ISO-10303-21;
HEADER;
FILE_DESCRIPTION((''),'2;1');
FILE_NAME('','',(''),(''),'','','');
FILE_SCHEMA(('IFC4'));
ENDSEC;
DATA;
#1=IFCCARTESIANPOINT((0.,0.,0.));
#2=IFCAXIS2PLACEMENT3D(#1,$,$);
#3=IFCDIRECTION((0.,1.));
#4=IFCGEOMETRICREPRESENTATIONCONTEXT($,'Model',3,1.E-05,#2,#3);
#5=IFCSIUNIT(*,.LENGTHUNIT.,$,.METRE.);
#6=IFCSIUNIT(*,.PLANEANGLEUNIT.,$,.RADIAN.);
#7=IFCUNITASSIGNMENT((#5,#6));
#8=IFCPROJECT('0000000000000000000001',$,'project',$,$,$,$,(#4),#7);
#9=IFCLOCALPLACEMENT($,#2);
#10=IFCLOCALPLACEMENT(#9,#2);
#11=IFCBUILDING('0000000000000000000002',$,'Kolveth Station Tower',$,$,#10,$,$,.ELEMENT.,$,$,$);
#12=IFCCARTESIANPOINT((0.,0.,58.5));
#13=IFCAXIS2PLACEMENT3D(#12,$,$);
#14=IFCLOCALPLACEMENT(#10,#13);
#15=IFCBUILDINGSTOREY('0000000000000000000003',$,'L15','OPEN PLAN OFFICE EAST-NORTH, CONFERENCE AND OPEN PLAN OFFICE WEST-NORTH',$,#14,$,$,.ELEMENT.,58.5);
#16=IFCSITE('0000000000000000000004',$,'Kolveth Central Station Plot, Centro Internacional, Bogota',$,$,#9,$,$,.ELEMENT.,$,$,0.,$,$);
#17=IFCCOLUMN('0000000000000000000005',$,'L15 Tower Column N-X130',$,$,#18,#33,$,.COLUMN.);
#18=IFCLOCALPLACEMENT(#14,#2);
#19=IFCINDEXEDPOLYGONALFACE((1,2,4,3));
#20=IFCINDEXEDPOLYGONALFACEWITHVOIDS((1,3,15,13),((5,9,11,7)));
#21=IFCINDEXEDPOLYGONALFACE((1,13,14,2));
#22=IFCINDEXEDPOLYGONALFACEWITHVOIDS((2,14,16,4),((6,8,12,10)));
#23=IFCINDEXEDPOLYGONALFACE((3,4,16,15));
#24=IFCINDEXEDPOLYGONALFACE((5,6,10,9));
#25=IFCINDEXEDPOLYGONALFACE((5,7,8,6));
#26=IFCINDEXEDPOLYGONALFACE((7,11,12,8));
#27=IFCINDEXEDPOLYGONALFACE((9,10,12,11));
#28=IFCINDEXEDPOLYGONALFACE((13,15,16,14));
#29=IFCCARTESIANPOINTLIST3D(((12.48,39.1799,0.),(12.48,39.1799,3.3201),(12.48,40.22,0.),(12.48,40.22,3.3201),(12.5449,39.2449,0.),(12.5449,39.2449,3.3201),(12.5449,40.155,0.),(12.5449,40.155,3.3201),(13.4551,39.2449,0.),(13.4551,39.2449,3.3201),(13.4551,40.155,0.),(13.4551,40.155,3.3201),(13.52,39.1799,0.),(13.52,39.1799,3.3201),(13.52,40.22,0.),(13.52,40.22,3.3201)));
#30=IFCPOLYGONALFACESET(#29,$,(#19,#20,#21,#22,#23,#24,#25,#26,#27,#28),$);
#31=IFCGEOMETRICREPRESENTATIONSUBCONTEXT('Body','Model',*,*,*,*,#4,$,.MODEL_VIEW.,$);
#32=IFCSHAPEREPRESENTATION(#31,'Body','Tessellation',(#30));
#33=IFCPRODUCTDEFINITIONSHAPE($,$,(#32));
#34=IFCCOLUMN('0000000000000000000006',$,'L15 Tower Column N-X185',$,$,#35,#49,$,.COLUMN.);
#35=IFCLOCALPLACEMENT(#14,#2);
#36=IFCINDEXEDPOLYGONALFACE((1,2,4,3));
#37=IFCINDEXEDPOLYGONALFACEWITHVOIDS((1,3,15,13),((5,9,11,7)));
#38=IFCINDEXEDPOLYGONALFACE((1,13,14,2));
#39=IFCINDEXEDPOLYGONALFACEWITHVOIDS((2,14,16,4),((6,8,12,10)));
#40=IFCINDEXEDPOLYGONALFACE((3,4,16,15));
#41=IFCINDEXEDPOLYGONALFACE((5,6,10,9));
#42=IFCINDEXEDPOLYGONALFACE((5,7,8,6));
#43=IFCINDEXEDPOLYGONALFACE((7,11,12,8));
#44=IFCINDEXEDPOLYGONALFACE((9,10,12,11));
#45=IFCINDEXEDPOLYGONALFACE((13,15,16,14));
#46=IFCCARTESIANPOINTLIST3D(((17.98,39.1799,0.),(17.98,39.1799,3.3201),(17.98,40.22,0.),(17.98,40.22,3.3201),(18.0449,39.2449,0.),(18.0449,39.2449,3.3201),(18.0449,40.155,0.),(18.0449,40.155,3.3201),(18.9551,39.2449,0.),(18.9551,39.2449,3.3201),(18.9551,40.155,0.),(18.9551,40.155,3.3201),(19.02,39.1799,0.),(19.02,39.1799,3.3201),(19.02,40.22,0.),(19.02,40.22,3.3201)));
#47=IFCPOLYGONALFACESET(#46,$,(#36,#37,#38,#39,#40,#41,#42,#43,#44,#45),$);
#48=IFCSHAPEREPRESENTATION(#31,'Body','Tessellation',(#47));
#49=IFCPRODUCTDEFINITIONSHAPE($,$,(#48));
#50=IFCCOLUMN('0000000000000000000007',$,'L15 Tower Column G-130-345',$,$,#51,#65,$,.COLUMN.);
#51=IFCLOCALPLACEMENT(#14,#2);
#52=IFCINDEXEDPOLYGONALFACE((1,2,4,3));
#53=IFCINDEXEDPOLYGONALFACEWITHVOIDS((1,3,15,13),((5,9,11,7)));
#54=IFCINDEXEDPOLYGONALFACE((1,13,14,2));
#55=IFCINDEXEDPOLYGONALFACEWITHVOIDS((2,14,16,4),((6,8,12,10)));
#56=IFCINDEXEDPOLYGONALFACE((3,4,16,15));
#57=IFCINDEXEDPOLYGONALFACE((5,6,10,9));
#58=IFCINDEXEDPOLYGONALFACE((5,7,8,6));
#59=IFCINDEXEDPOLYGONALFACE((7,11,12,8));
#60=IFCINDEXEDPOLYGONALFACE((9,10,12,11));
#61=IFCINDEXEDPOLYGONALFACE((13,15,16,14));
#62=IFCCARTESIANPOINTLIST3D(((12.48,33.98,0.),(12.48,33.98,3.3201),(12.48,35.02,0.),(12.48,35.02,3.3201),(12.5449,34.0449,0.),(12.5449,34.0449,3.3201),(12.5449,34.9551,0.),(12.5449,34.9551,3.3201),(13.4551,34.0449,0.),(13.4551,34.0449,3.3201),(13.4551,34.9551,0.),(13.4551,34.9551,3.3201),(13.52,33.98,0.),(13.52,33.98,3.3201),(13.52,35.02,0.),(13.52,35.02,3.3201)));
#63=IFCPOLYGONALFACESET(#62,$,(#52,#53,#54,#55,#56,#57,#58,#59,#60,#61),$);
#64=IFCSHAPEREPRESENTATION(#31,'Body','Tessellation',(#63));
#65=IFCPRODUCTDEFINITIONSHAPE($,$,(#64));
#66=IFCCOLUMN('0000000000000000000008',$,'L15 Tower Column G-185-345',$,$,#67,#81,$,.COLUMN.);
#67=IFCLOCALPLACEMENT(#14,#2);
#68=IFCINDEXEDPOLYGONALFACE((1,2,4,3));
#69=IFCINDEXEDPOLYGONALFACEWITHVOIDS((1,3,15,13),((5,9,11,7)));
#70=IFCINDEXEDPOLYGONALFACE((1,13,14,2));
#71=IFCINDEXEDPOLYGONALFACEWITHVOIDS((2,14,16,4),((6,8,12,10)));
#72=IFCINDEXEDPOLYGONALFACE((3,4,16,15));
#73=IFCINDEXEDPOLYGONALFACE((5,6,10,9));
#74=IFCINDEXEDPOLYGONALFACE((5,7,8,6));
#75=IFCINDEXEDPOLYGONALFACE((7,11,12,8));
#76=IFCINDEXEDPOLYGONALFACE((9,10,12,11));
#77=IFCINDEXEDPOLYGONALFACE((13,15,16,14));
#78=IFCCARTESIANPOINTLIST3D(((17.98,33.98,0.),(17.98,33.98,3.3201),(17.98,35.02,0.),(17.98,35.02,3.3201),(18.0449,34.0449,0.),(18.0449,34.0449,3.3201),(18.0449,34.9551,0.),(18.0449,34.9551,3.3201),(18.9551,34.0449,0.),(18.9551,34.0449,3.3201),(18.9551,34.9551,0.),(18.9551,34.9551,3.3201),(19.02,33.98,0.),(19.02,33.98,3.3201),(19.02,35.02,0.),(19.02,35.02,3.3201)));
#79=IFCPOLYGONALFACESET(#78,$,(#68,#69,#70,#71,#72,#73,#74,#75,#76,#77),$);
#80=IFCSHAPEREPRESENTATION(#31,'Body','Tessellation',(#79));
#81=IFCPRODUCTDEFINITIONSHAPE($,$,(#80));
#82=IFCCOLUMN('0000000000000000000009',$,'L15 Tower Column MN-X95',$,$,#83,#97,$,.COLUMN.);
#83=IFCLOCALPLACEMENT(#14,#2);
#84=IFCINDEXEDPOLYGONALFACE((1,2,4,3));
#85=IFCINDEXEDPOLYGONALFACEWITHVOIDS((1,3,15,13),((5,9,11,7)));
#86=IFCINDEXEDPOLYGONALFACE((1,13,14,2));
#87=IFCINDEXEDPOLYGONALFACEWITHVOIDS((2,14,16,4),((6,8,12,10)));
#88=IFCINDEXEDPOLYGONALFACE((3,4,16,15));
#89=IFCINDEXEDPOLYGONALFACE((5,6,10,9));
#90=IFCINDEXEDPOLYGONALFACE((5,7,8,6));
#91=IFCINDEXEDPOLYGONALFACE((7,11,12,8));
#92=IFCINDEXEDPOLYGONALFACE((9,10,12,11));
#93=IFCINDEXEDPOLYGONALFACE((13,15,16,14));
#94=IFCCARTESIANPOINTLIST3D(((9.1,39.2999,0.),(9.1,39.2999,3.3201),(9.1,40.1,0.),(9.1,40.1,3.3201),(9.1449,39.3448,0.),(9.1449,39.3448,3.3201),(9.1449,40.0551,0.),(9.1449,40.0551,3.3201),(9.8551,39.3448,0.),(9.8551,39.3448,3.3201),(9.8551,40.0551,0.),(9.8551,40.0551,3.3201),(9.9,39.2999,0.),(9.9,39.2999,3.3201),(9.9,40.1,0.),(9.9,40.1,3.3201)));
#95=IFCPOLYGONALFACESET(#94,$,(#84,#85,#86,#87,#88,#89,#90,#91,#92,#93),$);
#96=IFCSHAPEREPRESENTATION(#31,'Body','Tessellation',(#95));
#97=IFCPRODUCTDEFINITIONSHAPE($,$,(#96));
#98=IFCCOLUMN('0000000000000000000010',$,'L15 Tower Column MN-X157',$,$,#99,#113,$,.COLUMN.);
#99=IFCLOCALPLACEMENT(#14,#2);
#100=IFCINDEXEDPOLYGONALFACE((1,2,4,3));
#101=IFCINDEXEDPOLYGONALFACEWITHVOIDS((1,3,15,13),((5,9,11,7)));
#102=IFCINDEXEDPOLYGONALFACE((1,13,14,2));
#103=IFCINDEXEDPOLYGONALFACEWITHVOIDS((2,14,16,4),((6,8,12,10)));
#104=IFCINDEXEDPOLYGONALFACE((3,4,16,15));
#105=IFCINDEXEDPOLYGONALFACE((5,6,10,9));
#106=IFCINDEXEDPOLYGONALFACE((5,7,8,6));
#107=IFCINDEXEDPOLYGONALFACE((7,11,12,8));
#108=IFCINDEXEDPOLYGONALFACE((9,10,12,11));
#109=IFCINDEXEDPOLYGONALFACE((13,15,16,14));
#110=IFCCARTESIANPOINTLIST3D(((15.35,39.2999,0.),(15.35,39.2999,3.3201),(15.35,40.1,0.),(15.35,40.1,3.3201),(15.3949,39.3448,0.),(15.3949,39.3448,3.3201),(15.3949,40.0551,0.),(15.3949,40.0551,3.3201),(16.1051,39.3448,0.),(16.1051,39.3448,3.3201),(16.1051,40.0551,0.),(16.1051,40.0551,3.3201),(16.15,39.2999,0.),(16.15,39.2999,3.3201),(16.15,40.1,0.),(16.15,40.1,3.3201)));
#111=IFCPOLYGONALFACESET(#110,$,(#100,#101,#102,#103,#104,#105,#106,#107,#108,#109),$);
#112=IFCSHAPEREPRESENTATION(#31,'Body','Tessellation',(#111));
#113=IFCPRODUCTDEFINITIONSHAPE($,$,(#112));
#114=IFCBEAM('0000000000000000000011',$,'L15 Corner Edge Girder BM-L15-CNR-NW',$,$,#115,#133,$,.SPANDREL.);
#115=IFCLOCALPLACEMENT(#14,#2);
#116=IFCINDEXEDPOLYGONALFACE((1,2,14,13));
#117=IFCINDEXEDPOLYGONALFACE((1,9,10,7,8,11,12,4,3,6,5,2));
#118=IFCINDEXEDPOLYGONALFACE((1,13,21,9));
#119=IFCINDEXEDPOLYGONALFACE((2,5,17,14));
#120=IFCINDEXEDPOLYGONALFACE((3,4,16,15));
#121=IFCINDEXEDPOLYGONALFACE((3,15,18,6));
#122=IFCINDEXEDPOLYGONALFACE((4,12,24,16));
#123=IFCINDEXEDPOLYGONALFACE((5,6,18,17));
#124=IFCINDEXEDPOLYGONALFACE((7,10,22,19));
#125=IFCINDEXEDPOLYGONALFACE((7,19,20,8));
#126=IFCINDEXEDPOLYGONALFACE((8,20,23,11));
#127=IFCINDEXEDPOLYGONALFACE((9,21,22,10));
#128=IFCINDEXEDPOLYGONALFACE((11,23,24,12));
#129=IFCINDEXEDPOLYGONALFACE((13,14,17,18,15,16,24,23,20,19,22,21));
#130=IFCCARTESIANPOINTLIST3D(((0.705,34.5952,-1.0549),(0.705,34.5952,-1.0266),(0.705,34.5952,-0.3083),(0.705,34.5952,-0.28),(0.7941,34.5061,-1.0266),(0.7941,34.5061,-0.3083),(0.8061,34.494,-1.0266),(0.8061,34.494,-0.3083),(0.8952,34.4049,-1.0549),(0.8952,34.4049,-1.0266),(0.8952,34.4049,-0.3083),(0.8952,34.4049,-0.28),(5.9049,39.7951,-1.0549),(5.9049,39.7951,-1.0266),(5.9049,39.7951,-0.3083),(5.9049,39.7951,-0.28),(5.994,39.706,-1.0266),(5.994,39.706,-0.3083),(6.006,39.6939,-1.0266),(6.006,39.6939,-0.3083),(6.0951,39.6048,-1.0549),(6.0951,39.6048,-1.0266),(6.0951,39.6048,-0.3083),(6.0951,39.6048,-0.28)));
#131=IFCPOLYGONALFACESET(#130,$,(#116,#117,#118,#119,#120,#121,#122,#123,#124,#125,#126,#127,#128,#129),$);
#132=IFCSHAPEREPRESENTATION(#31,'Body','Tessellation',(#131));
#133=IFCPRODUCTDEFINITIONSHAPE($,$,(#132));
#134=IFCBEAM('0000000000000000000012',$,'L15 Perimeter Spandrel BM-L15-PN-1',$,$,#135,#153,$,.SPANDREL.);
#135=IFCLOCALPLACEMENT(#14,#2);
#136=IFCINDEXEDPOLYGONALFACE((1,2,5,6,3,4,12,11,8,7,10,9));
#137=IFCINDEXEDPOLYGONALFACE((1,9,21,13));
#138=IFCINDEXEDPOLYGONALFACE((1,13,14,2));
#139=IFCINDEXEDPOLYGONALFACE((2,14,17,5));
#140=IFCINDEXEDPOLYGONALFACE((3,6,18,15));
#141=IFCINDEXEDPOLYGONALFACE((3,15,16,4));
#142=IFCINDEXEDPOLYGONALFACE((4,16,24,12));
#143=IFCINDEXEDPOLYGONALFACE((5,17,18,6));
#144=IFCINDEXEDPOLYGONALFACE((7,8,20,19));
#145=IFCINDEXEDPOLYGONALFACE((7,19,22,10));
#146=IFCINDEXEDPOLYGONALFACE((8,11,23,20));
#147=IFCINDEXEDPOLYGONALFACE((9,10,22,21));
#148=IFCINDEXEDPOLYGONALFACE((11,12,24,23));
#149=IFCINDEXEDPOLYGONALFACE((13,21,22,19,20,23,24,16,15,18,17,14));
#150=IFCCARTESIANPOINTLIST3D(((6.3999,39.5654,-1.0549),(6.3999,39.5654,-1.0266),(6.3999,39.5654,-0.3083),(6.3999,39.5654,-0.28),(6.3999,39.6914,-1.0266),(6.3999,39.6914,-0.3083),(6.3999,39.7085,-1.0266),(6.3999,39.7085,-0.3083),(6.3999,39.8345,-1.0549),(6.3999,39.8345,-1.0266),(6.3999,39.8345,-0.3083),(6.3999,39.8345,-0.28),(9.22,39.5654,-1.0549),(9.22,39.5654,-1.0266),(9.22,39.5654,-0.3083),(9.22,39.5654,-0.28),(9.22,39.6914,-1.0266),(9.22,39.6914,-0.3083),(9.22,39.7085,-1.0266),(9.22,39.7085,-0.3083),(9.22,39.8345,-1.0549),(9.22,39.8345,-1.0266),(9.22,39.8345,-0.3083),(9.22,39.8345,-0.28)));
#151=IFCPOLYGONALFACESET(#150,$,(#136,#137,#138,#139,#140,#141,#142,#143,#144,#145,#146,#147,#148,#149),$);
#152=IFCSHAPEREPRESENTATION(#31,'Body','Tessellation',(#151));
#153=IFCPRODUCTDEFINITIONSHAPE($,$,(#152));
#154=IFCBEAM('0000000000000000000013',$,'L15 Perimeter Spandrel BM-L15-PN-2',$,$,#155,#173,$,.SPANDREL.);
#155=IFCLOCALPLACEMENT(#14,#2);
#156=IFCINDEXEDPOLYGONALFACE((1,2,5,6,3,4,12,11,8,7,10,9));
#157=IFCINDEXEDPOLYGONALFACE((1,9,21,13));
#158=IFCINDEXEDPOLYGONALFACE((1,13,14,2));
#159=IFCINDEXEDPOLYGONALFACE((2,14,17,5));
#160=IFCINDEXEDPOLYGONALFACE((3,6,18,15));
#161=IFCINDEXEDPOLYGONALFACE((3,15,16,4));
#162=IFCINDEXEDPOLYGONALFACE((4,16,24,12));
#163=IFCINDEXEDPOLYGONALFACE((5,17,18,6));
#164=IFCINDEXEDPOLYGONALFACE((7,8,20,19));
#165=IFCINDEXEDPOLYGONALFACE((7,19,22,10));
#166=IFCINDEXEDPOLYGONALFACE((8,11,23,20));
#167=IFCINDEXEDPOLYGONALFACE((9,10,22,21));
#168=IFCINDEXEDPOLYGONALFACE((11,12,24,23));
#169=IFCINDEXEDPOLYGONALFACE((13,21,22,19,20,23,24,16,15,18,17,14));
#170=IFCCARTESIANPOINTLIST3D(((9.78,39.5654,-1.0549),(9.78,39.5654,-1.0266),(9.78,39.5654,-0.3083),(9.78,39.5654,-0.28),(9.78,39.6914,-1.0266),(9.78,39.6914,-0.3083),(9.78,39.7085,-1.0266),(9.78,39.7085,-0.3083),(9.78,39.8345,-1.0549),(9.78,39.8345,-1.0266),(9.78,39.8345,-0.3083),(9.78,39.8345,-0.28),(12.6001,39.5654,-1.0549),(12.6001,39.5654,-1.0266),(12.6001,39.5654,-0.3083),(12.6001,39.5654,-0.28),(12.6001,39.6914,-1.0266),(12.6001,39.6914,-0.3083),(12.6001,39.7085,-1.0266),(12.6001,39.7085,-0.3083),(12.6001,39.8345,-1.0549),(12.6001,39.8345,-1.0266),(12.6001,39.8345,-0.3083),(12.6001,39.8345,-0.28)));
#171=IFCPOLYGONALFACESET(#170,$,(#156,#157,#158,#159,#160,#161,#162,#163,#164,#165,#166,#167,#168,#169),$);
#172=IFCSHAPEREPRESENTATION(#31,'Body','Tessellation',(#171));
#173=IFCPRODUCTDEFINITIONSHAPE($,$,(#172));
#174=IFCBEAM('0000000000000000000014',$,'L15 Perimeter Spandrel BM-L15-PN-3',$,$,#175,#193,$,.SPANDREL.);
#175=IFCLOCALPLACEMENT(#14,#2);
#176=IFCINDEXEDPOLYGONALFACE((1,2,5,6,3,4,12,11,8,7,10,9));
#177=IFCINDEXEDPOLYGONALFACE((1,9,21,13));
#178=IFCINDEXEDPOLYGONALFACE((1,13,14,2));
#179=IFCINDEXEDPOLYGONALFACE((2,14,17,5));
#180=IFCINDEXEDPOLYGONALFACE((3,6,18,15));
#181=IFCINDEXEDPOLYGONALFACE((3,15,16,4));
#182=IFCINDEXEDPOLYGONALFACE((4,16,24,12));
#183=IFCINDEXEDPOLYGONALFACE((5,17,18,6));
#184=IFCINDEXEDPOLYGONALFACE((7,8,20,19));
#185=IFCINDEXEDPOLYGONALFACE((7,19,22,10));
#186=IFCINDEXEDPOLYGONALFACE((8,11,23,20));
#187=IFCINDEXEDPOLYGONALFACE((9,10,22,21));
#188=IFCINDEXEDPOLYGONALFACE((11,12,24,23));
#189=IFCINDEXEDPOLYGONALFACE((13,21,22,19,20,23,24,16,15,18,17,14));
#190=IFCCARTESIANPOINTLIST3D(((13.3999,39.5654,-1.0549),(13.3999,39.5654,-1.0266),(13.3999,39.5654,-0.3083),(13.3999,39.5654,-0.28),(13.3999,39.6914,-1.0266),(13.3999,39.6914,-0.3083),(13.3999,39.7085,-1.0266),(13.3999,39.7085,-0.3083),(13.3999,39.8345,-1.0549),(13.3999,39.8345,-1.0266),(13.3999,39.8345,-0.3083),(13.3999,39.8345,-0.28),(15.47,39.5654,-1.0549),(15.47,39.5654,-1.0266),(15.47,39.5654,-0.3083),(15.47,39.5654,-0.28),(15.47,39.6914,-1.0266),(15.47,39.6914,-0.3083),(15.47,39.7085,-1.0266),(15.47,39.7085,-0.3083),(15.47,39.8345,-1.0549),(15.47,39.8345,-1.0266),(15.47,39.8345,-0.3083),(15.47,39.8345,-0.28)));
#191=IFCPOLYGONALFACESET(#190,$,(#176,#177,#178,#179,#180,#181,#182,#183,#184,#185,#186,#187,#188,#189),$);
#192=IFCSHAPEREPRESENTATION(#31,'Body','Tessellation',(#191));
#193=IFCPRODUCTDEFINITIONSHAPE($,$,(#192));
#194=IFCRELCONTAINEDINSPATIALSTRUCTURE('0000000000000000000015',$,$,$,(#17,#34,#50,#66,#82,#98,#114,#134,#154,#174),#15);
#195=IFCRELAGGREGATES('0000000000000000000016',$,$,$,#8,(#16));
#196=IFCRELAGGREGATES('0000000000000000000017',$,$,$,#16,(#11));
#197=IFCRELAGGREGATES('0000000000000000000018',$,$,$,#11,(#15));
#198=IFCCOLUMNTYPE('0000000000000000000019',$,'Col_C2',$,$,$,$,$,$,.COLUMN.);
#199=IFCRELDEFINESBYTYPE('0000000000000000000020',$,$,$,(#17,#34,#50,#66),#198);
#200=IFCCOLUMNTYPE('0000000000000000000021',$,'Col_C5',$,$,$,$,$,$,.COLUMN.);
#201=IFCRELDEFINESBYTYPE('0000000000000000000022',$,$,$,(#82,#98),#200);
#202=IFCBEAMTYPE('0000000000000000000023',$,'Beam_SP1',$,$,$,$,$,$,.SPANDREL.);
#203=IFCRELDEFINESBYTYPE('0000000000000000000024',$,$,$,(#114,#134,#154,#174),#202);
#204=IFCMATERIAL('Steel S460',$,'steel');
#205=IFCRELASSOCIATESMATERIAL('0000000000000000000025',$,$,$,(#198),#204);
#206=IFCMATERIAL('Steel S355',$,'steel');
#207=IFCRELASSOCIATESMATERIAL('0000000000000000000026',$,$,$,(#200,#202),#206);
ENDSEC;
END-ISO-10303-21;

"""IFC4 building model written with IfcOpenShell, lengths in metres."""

from ifc_helpers import new_model, si_unit, direction, frame, origin, origin_2d, place, context, subcontext, project, spatial, hollow_rectangle, i_section, extrude, source, transform, mapped, material, material_profile, profile_set, type_object, element, save


model = new_model("IFC4")

# Units and contexts
model_context = context("Model", 3, precision=1e-05, world=origin(), true_north=direction((0.0, 1.0)))
body_context = subcontext(model_context, "Body", "Model", "MODEL_VIEW")
ifc_project = project(units=[si_unit("LENGTHUNIT", "METRE"), si_unit("PLANEANGLEUNIT", "RADIAN")], contexts=[model_context])

# Site, building, storey
site_placement = place(None, origin())
site = spatial("IfcSite", under=ifc_project, at=site_placement, Name="Kolveth Central Station Plot, Centro Internacional, Bogota", CompositionType="ELEMENT", RefElevation=0.0)
building_placement = place(site_placement, origin())
building = spatial("IfcBuilding", under=site, at=building_placement, Name="Kolveth Station Tower", CompositionType="ELEMENT")
storey_placement = place(building_placement, frame((0.0, 0.0, 58.5)))
storey = spatial("IfcBuildingStorey", under=building, at=storey_placement, Name="L15", Description="OPEN PLAN OFFICE EAST-NORTH, CONFERENCE AND OPEN PLAN OFFICE WEST-NORTH", CompositionType="ELEMENT", Elevation=58.5)

# Columns
ifc_material_1 = material(Name="Steel S460", Category="steel")
ifc_material_profile_1 = material_profile(ifc_material_1, hollow_rectangle(XDim=1.04, YDim=1.04, WallThickness=0.0649, at=origin_2d()), Name="BOX1040x1040x65")
ifc_profile_set_1 = profile_set([ifc_material_profile_1], Name="Steel S460")
column_type_1 = type_object("IfcColumnType", Name="Col_C2", PredefinedType="COLUMN", material=ifc_profile_set_1)
shared_shape_1 = source(origin(), body_context, "Body", "SweptSolid", [
    extrude(hollow_rectangle(XDim=1.04, YDim=1.04, WallThickness=0.0649, at=origin_2d()), origin(), (0.0, 0.0, 1.0), 3.3201),
])
for number, where, z_axis, x_axis, name in (
    (1, (13.0, 39.7, 0.0), (0.0, 0.0, 1.0), (1.0, 0.0, 0.0), "L15 Tower Column N-X130"),
    (2, (18.5, 39.7, 0.0), (0.0, 0.0, 1.0), (1.0, 0.0, 0.0), "L15 Tower Column N-X185"),
    (3, (13.0, 34.5, 0.0), (0.0, 0.0, 1.0), (1.0, 0.0, 0.0), "L15 Tower Column G-130-345"),
    (4, (18.5, 34.5, 0.0), (0.0, 0.0, 1.0), (1.0, 0.0, 0.0), "L15 Tower Column G-185-345"),
):
    element("IfcColumn", number, at=place(storey_placement, frame(where, z_axis=z_axis, x_axis=x_axis)), inside=storey, type_object=column_type_1, Name=name, PredefinedType="COLUMN", context=body_context, shape_type="MappedRepresentation", body=[
        mapped(shared_shape_1, transform((0.0, 0.0, 0.0), x_axis=(1.0, 0.0, 0.0), y_axis=(0.0, 1.0, 0.0), z_axis=(0.0, 0.0, 1.0), scale=1.0)),
    ])
ifc_material_2 = material(Name="Steel S355", Category="steel")
ifc_material_profile_2 = material_profile(ifc_material_2, hollow_rectangle(XDim=0.8, YDim=0.8, WallThickness=0.0449, at=origin_2d()), Name="BOX800x800x45")
ifc_profile_set_2 = profile_set([ifc_material_profile_2], Name="Steel S355")
column_type_2 = type_object("IfcColumnType", Name="Col_C5", PredefinedType="COLUMN", material=ifc_profile_set_2)
shared_shape_2 = source(origin(), body_context, "Body", "SweptSolid", [
    extrude(hollow_rectangle(XDim=0.8, YDim=0.8, WallThickness=0.0449, at=origin_2d()), origin(), (0.0, 0.0, 1.0), 3.3201),
])
for number, where, z_axis, x_axis, name in (
    (5, (9.5, 39.7, 0.0), (0.0, 0.0, 1.0), (1.0, 0.0, 0.0), "L15 Tower Column MN-X95"),
    (6, (15.75, 39.7, 0.0), (0.0, 0.0, 1.0), (1.0, 0.0, 0.0), "L15 Tower Column MN-X157"),
):
    element("IfcColumn", number, at=place(storey_placement, frame(where, z_axis=z_axis, x_axis=x_axis)), inside=storey, type_object=column_type_2, Name=name, PredefinedType="COLUMN", context=body_context, shape_type="MappedRepresentation", body=[
        mapped(shared_shape_2, transform((0.0, 0.0, 0.0), x_axis=(1.0, 0.0, 0.0), y_axis=(0.0, 1.0, 0.0), z_axis=(0.0, 0.0, 1.0), scale=1.0)),
    ])

# Beams
ifc_material_profile_3 = material_profile(ifc_material_2, i_section(OverallWidth=0.269, OverallDepth=0.7749, WebThickness=0.0171, FlangeThickness=0.0283, at=origin_2d()), Name="W760x220")
ifc_profile_set_3 = profile_set([ifc_material_profile_3], Name="Steel S355")
beam_type_1 = type_object("IfcBeamType", Name="Beam_SP1", PredefinedType="SPANDREL", material=ifc_profile_set_3)
shared_shape_3 = source(origin(), body_context, "Body", "SweptSolid", [
    extrude(i_section(OverallWidth=0.269, OverallDepth=0.7749, WebThickness=0.0171, FlangeThickness=0.0283, at=origin_2d()), origin(), (0.0, 0.0, 1.0), 7.3538),
])
beam_1_placement = place(storey_placement, frame((6.0, 39.7, -0.6675), z_axis=(-0.707107, -0.707107, 0.0), x_axis=(0.707107, -0.707107, 0.0)))
element("IfcBeam", 7, at=beam_1_placement, inside=storey, type_object=beam_type_1, Name="L15 Corner Edge Girder BM-L15-CNR-NW", PredefinedType="SPANDREL", context=body_context, shape_type="MappedRepresentation", body=[
    mapped(shared_shape_3, transform((0.0, 0.0, 0.0), x_axis=(1.0, 0.0, 0.0), y_axis=(0.0, 1.0, 0.0), z_axis=(0.0, 0.0, 1.0), scale=1.0)),
])
shared_shape_4 = source(origin(), body_context, "Body", "SweptSolid", [
    extrude(i_section(OverallWidth=0.269, OverallDepth=0.7749, WebThickness=0.0171, FlangeThickness=0.0283, at=origin_2d()), origin(), (0.0, 0.0, 1.0), 2.8201),
])
for number, where, z_axis, x_axis, name in (
    (8, (6.3999, 39.7, -0.6675), (1.0, 0.0, 0.0), (0.0, 1.0, 0.0), "L15 Perimeter Spandrel BM-L15-PN-1"),
    (9, (9.78, 39.7, -0.6675), (1.0, 0.0, 0.0), (0.0, 1.0, 0.0), "L15 Perimeter Spandrel BM-L15-PN-2"),
):
    element("IfcBeam", number, at=place(storey_placement, frame(where, z_axis=z_axis, x_axis=x_axis)), inside=storey, type_object=beam_type_1, Name=name, PredefinedType="SPANDREL", context=body_context, shape_type="MappedRepresentation", body=[
        mapped(shared_shape_4, transform((0.0, 0.0, 0.0), x_axis=(1.0, 0.0, 0.0), y_axis=(0.0, 1.0, 0.0), z_axis=(0.0, 0.0, 1.0), scale=1.0)),
    ])
shared_shape_5 = source(origin(), body_context, "Body", "SweptSolid", [
    extrude(i_section(OverallWidth=0.269, OverallDepth=0.7749, WebThickness=0.0171, FlangeThickness=0.0283, at=origin_2d()), origin(), (0.0, 0.0, 1.0), 2.0701),
])
for number, where, z_axis, x_axis, name in (
    (10, (13.3999, 39.7, -0.6675), (1.0, 0.0, 0.0), (0.0, 1.0, 0.0), "L15 Perimeter Spandrel BM-L15-PN-3"),
):
    element("IfcBeam", number, at=place(storey_placement, frame(where, z_axis=z_axis, x_axis=x_axis)), inside=storey, type_object=beam_type_1, Name=name, PredefinedType="SPANDREL", context=body_context, shape_type="MappedRepresentation", body=[
        mapped(shared_shape_5, transform((0.0, 0.0, 0.0), x_axis=(1.0, 0.0, 0.0), y_axis=(0.0, 1.0, 0.0), z_axis=(0.0, 0.0, 1.0), scale=1.0)),
    ])

save(model, "model.ifc")
